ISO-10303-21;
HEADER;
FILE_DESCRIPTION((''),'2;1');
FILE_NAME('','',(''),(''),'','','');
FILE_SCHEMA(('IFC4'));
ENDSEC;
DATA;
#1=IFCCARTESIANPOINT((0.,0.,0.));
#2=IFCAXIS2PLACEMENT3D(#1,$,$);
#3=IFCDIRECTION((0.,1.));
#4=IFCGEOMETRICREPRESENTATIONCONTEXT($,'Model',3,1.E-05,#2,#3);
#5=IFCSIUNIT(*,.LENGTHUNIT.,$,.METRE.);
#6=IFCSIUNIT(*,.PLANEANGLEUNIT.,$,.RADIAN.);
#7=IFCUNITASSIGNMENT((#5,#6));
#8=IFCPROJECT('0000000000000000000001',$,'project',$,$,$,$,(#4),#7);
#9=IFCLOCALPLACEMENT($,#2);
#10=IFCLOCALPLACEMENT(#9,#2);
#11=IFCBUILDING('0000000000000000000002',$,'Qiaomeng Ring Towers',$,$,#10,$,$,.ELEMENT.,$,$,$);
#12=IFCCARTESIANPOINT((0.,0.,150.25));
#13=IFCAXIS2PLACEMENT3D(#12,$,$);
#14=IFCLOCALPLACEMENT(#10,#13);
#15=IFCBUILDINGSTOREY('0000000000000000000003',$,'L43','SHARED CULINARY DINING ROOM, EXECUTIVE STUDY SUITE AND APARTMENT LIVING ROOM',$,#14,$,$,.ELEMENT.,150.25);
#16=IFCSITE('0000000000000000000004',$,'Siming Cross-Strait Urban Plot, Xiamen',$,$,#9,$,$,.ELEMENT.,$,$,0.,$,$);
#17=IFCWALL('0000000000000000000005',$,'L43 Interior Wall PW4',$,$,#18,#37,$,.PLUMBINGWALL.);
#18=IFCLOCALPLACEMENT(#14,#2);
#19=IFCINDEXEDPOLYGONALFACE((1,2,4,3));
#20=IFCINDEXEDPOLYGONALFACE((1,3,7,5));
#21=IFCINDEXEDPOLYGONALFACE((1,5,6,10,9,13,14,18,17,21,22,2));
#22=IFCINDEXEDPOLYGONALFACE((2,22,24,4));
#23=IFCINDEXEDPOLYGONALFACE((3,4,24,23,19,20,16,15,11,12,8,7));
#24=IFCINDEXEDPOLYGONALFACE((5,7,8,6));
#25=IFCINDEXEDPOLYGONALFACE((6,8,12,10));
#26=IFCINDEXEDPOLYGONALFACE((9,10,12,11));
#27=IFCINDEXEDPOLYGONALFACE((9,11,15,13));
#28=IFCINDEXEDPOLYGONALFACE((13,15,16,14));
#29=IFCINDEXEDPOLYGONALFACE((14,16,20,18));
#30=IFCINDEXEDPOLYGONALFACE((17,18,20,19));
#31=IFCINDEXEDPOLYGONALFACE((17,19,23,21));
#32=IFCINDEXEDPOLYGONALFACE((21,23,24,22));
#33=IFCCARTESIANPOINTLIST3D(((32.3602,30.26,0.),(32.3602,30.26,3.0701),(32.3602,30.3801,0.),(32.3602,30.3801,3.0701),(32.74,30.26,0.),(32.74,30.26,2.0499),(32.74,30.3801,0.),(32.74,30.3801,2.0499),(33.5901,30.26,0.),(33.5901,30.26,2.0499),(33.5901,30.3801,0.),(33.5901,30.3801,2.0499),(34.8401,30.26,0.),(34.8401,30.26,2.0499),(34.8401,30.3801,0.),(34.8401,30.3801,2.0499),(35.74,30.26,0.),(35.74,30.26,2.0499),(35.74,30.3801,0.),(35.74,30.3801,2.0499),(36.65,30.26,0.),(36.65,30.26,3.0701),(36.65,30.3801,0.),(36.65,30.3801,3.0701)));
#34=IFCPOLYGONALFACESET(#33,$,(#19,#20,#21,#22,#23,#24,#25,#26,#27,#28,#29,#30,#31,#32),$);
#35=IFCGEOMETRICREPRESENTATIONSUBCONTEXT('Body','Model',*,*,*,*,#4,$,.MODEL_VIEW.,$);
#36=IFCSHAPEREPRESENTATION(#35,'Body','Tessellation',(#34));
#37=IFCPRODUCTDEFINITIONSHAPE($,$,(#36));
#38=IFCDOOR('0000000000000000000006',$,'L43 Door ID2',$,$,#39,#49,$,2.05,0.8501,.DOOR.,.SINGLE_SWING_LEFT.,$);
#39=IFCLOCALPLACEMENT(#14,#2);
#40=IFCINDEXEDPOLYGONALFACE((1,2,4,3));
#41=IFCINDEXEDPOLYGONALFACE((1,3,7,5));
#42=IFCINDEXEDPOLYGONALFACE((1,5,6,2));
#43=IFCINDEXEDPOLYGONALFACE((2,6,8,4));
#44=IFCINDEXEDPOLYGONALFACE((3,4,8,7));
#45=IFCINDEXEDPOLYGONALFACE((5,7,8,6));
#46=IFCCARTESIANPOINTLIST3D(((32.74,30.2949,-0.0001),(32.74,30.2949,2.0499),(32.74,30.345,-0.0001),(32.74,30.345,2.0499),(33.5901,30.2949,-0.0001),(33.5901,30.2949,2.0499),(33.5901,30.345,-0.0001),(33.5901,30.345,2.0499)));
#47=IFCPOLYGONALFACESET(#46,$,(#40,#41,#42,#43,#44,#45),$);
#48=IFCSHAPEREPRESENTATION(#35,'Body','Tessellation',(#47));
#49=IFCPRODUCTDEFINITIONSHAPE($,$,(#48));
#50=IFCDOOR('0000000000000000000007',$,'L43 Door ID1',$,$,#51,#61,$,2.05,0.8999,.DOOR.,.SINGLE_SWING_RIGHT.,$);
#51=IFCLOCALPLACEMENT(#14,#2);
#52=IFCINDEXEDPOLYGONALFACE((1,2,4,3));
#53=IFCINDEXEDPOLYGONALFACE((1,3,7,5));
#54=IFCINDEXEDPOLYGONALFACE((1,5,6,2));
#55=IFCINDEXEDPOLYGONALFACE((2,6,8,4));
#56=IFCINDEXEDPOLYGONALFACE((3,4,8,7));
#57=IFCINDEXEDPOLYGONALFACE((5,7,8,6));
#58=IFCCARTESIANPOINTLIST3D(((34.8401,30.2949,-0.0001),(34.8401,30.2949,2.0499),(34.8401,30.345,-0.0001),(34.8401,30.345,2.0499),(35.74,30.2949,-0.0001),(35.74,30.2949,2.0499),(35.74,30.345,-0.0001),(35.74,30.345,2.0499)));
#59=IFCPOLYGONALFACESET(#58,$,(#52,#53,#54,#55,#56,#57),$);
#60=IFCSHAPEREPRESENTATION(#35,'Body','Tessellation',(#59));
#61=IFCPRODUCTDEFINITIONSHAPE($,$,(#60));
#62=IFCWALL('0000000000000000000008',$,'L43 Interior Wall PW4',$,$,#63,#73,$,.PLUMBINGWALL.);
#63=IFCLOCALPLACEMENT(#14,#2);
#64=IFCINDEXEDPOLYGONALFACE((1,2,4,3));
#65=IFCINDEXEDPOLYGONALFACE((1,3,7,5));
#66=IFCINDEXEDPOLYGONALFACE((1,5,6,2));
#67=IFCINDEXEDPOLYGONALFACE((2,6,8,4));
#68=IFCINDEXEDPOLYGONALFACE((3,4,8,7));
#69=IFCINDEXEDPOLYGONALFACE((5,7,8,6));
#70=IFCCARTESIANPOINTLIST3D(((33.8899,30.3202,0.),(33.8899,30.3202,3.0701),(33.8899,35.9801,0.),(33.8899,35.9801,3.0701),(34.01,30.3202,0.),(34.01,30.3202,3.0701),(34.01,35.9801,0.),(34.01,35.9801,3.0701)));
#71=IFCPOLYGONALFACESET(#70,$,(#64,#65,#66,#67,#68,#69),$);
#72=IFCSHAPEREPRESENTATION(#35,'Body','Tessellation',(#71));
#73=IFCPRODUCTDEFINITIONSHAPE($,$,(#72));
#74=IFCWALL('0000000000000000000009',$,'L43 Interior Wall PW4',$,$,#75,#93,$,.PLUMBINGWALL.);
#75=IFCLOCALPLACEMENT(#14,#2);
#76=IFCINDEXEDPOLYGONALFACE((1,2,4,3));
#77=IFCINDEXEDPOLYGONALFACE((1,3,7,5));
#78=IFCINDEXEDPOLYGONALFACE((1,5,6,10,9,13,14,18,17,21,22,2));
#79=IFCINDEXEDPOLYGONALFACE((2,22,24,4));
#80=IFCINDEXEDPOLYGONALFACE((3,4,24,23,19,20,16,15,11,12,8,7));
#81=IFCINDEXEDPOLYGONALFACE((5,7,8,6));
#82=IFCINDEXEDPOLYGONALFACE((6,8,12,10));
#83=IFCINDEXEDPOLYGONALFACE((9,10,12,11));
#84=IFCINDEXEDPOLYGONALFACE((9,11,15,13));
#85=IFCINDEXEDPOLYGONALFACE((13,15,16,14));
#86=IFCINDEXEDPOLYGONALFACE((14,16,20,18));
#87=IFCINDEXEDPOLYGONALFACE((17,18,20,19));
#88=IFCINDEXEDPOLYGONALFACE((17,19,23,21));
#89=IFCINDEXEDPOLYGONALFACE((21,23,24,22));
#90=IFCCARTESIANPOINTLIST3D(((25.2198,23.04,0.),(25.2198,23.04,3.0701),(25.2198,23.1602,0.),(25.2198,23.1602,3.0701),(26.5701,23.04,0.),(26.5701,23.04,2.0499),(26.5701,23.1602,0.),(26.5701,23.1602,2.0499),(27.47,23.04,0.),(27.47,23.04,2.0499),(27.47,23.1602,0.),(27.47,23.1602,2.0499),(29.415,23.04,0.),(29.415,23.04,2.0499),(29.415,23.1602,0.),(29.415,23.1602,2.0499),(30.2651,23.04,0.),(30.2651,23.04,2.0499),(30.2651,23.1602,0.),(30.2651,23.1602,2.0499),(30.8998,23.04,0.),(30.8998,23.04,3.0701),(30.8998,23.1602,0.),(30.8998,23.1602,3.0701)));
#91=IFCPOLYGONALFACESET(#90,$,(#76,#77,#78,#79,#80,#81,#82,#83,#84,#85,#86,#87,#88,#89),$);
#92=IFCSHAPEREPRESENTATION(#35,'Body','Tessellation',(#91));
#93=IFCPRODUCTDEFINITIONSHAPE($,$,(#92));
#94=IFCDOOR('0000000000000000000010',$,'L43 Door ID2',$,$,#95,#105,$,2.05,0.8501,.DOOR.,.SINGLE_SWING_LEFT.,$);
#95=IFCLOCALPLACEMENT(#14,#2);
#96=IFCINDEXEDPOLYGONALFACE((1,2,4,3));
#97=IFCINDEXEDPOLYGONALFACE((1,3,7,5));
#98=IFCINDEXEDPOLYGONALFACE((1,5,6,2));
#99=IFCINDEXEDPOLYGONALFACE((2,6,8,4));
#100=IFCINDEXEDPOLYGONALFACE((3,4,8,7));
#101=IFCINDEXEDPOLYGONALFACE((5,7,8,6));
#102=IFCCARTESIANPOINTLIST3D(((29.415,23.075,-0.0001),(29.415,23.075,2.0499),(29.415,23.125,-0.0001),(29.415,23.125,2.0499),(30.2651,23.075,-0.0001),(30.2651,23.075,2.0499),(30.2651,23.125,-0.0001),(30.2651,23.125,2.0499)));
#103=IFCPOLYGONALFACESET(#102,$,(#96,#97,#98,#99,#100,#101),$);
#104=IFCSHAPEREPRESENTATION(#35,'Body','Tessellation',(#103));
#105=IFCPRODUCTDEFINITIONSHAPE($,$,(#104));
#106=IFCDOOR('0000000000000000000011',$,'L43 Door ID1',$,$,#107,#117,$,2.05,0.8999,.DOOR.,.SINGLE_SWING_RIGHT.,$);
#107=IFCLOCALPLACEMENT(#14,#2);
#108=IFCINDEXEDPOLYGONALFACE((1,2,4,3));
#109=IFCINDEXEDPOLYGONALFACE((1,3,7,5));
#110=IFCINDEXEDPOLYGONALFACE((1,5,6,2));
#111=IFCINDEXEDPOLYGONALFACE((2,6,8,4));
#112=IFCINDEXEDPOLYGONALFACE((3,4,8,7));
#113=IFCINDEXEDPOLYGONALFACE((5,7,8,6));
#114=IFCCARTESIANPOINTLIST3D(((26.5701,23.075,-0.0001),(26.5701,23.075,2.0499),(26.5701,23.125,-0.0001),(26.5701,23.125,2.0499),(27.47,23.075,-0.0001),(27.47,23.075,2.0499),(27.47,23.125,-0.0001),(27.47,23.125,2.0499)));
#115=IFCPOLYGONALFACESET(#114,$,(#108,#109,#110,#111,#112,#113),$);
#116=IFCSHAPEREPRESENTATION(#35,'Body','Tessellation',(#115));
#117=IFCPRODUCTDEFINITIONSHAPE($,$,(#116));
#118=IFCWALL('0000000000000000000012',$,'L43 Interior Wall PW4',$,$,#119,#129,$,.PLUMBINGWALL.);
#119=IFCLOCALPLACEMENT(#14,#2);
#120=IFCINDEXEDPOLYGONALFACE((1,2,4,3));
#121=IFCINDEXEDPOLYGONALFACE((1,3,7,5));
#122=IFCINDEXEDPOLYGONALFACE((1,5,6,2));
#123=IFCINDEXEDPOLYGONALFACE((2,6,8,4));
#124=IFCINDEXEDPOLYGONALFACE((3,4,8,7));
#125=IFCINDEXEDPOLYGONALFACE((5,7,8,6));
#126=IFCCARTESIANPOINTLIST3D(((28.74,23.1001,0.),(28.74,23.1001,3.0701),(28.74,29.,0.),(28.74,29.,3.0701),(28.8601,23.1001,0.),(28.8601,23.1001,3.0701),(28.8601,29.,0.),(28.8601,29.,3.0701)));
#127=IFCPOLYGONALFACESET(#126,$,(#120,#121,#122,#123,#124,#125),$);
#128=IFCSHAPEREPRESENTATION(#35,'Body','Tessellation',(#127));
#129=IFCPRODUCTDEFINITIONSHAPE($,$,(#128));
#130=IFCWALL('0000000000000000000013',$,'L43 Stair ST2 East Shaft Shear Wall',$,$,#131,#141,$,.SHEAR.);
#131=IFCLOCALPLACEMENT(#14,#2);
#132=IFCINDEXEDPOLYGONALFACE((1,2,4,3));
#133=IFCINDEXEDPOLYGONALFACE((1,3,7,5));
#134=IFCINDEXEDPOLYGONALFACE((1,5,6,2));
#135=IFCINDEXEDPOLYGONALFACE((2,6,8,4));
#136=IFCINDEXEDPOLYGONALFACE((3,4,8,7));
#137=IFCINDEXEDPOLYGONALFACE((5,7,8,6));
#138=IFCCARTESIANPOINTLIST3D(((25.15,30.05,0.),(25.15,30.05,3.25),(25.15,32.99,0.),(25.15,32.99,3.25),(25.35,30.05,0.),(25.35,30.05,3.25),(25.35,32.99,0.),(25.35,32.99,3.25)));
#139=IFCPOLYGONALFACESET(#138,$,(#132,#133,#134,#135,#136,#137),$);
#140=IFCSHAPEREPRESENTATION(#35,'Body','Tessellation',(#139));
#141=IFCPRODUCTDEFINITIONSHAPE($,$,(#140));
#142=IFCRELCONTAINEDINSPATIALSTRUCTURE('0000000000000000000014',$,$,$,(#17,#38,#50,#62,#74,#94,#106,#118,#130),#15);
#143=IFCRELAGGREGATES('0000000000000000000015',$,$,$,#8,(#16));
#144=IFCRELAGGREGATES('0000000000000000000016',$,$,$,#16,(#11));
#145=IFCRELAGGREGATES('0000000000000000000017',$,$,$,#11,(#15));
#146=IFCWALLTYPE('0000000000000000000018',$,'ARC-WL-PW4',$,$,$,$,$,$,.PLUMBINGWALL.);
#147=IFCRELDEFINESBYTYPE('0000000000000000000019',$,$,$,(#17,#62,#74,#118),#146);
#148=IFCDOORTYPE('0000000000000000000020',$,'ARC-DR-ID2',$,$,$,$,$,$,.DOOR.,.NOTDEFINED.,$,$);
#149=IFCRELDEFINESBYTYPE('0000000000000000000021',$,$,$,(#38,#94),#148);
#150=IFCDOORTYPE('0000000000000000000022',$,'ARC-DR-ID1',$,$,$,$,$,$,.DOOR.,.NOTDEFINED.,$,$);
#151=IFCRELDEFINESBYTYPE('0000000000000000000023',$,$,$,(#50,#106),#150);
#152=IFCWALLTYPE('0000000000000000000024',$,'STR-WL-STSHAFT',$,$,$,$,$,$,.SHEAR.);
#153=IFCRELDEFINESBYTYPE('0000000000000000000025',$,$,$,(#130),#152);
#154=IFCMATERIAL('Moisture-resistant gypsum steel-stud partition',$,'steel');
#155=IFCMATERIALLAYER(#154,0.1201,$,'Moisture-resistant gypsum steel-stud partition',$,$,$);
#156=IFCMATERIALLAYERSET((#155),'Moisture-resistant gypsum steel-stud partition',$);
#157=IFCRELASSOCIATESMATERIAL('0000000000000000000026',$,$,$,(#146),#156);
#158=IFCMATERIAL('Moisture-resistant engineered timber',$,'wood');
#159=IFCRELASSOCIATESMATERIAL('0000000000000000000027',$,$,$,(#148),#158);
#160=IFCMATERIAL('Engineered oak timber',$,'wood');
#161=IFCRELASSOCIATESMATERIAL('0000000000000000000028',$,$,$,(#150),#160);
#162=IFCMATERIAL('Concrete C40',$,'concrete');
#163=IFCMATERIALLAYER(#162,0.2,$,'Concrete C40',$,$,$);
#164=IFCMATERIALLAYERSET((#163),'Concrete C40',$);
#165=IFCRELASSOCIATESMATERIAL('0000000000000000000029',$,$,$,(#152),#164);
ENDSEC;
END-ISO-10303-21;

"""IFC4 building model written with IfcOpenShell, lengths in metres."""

from ifc_helpers import new_model, si_unit, direction, frame, frame_2d, origin, place, context, subcontext, project, spatial, rectangle, extrude, source, transform, mapped, material, layer, layer_set, type_object, element, fill, save


model = new_model("IFC4")

# Units and contexts
model_context = context("Model", 3, precision=1e-05, world=origin(), true_north=direction((0.0, 1.0)))
body_context = subcontext(model_context, "Body", "Model", "MODEL_VIEW")
ifc_project = project(units=[si_unit("LENGTHUNIT", "METRE"), si_unit("PLANEANGLEUNIT", "RADIAN")], contexts=[model_context])

# Site, building, storey
site_placement = place(None, origin())
site = spatial("IfcSite", under=ifc_project, at=site_placement, Name="Siming Cross-Strait Urban Plot, Xiamen", CompositionType="ELEMENT", RefElevation=0.0)
building_placement = place(site_placement, origin())
building = spatial("IfcBuilding", under=site, at=building_placement, Name="Qiaomeng Ring Towers", CompositionType="ELEMENT")
storey_placement = place(building_placement, frame((0.0, 0.0, 150.25)))
storey = spatial("IfcBuildingStorey", under=building, at=storey_placement, Name="L43", Description="SHARED CULINARY DINING ROOM, EXECUTIVE STUDY SUITE AND APARTMENT LIVING ROOM", CompositionType="ELEMENT", Elevation=150.25)

# Wall, openings, doors
ifc_material_1 = material(Name="Moisture-resistant gypsum steel-stud partition", Category="steel")
ifc_layer_1 = layer(ifc_material_1, 0.1201, Name="Moisture-resistant gypsum steel-stud partition")
ifc_layer_set_1 = layer_set([ifc_layer_1], Name="Moisture-resistant gypsum steel-stud partition")
wall_type_1 = type_object("IfcWallType", Name="ARC-WL-PW4", PredefinedType="PLUMBINGWALL", material=ifc_layer_set_1)
wall_1_placement = place(storey_placement, frame((32.3601, 30.3201, 0.0), z_axis=(0.0, 0.0, 1.0), x_axis=(1.0, 0.0, 0.0)))
wall_1 = element("IfcWall", 1, at=wall_1_placement, inside=storey, type_object=wall_type_1, Name="L43 Interior Wall PW4", PredefinedType="PLUMBINGWALL", context=body_context, shape_type="SweptSolid", body=[
    extrude(rectangle(XDim=4.2898, YDim=0.1201, at=frame_2d((2.145, 0.0))), origin(), (0.0, 0.0, 1.0), 3.0701),
])
opening_1_placement = place(wall_1_placement, frame((0.3799, 0.0, 0.0)))
opening_1 = element("IfcOpeningElement", 2, at=opening_1_placement, cuts=wall_1, PredefinedType="OPENING", context=body_context, shape_type="SweptSolid", body=[
    extrude(rectangle(XDim=0.8501, YDim=2.05, at=frame_2d((0.425, 1.0249))), frame((0.0, 0.0701, 0.0), z_axis=(0.0, -1.0, 0.0), x_axis=(1.0, 0.0, 0.0)), (0.0, 0.0, 1.0), 0.1401),
])
opening_2_placement = place(wall_1_placement, frame((2.48, 0.0, 0.0)))
opening_2 = element("IfcOpeningElement", 3, at=opening_2_placement, cuts=wall_1, PredefinedType="OPENING", context=body_context, shape_type="SweptSolid", body=[
    extrude(rectangle(XDim=0.8999, YDim=2.05, at=frame_2d((0.45, 1.0249))), frame((0.0, 0.0701, 0.0), z_axis=(0.0, -1.0, 0.0), x_axis=(1.0, 0.0, 0.0)), (0.0, 0.0, 1.0), 0.1401),
])
ifc_material_2 = material(Name="Moisture-resistant engineered timber", Category="wood")
door_type_1 = type_object("IfcDoorType", Name="ARC-DR-ID2", OperationType="NOTDEFINED", PredefinedType="DOOR", material=ifc_material_2)
shared_shape_1 = source(origin(), body_context, "Body", "SweptSolid", [
    extrude(rectangle(XDim=0.8501, YDim=2.05, at=frame_2d((0.425, 1.0249))), frame((0.0, 0.0249, 0.0), z_axis=(0.0, -1.0, 0.0), x_axis=(1.0, 0.0, 0.0)), (0.0, 0.0, 1.0), 0.05),
])
door_1_placement = place(opening_1_placement, origin())
door_1 = element("IfcDoor", 4, at=door_1_placement, inside=storey, type_object=door_type_1, Name="L43 Door ID2", OperationType="SINGLE_SWING_LEFT", OverallHeight=2.05, OverallWidth=0.8501, PredefinedType="DOOR", context=body_context, shape_type="MappedRepresentation", body=[
    mapped(shared_shape_1, transform((0.0, 0.0, 0.0), x_axis=(1.0, 0.0, 0.0), y_axis=(0.0, 1.0, 0.0), z_axis=(0.0, 0.0, 1.0), scale=1.0)),
])
fill(opening_1, door_1)
ifc_material_3 = material(Name="Engineered oak timber", Category="wood")
door_type_2 = type_object("IfcDoorType", Name="ARC-DR-ID1", OperationType="NOTDEFINED", PredefinedType="DOOR", material=ifc_material_3)
shared_shape_2 = source(origin(), body_context, "Body", "SweptSolid", [
    extrude(rectangle(XDim=0.8999, YDim=2.05, at=frame_2d((0.45, 1.0249))), frame((0.0, 0.0249, 0.0), z_axis=(0.0, -1.0, 0.0), x_axis=(1.0, 0.0, 0.0)), (0.0, 0.0, 1.0), 0.05),
])
door_2_placement = place(opening_2_placement, origin())
door_2 = element("IfcDoor", 5, at=door_2_placement, inside=storey, type_object=door_type_2, Name="L43 Door ID1", OperationType="SINGLE_SWING_RIGHT", OverallHeight=2.05, OverallWidth=0.8999, PredefinedType="DOOR", context=body_context, shape_type="MappedRepresentation", body=[
    mapped(shared_shape_2, transform((0.0, 0.0, 0.0), x_axis=(1.0, 0.0, 0.0), y_axis=(0.0, 1.0, 0.0), z_axis=(0.0, 0.0, 1.0), scale=1.0)),
])
fill(opening_2, door_2)

# Wall
wall_2_placement = place(storey_placement, frame((33.95, 30.3201, 0.0), z_axis=(0.0, 0.0, 1.0), x_axis=(0.0, 1.0, 0.0)))
element("IfcWall", 6, at=wall_2_placement, inside=storey, type_object=wall_type_1, Name="L43 Interior Wall PW4", PredefinedType="PLUMBINGWALL", context=body_context, shape_type="SweptSolid", body=[
    extrude(rectangle(XDim=5.6599, YDim=0.1201, at=frame_2d((2.8301, 0.0))), origin(), (0.0, 0.0, 1.0), 3.0701),
])

# Wall, openings, doors
wall_3_placement = place(storey_placement, frame((25.22, 23.1001, 0.0), z_axis=(0.0, 0.0, 1.0), x_axis=(1.0, 0.0, 0.0)))
wall_3 = element("IfcWall", 7, at=wall_3_placement, inside=storey, type_object=wall_type_1, Name="L43 Interior Wall PW4", PredefinedType="PLUMBINGWALL", context=body_context, shape_type="SweptSolid", body=[
    extrude(rectangle(XDim=5.6799, YDim=0.1201, at=frame_2d((2.8398, 0.0))), origin(), (0.0, 0.0, 1.0), 3.0701),
])
opening_3_placement = place(wall_3_placement, frame((1.3501, 0.0, 0.0)))
opening_3 = element("IfcOpeningElement", 8, at=opening_3_placement, cuts=wall_3, PredefinedType="OPENING", context=body_context, shape_type="SweptSolid", body=[
    extrude(rectangle(XDim=0.8999, YDim=2.05, at=frame_2d((0.45, 1.0249))), frame((0.0, 0.0701, 0.0), z_axis=(0.0, -1.0, 0.0), x_axis=(1.0, 0.0, 0.0)), (0.0, 0.0, 1.0), 0.1401),
])
opening_4_placement = place(wall_3_placement, frame((4.1951, 0.0, 0.0)))
opening_4 = element("IfcOpeningElement", 9, at=opening_4_placement, cuts=wall_3, PredefinedType="OPENING", context=body_context, shape_type="SweptSolid", body=[
    extrude(rectangle(XDim=0.8501, YDim=2.05, at=frame_2d((0.425, 1.0249))), frame((0.0, 0.0701, 0.0), z_axis=(0.0, -1.0, 0.0), x_axis=(1.0, 0.0, 0.0)), (0.0, 0.0, 1.0), 0.1401),
])
door_3_placement = place(opening_4_placement, origin())
door_3 = element("IfcDoor", 10, at=door_3_placement, inside=storey, type_object=door_type_1, Name="L43 Door ID2", OperationType="SINGLE_SWING_LEFT", OverallHeight=2.05, OverallWidth=0.8501, PredefinedType="DOOR", context=body_context, shape_type="MappedRepresentation", body=[
    mapped(shared_shape_1, transform((0.0, 0.0, 0.0), x_axis=(1.0, 0.0, 0.0), y_axis=(0.0, 1.0, 0.0), z_axis=(0.0, 0.0, 1.0), scale=1.0)),
])
fill(opening_4, door_3)
door_4_placement = place(opening_3_placement, origin())
door_4 = element("IfcDoor", 11, at=door_4_placement, inside=storey, type_object=door_type_2, Name="L43 Door ID1", OperationType="SINGLE_SWING_RIGHT", OverallHeight=2.05, OverallWidth=0.8999, PredefinedType="DOOR", context=body_context, shape_type="MappedRepresentation", body=[
    mapped(shared_shape_2, transform((0.0, 0.0, 0.0), x_axis=(1.0, 0.0, 0.0), y_axis=(0.0, 1.0, 0.0), z_axis=(0.0, 0.0, 1.0), scale=1.0)),
])
fill(opening_3, door_4)

# Walls
wall_4_placement = place(storey_placement, frame((28.8, 23.1001, 0.0), z_axis=(0.0, 0.0, 1.0), x_axis=(0.0, 1.0, 0.0)))
element("IfcWall", 12, at=wall_4_placement, inside=storey, type_object=wall_type_1, Name="L43 Interior Wall PW4", PredefinedType="PLUMBINGWALL", context=body_context, shape_type="SweptSolid", body=[
    extrude(rectangle(XDim=5.8999, YDim=0.1201, at=frame_2d((2.95, 0.0))), origin(), (0.0, 0.0, 1.0), 3.0701),
])
ifc_material_4 = material(Name="Concrete C40", Category="concrete")
ifc_layer_2 = layer(ifc_material_4, 0.2, Name="Concrete C40")
ifc_layer_set_2 = layer_set([ifc_layer_2], Name="Concrete C40")
wall_type_2 = type_object("IfcWallType", Name="STR-WL-STSHAFT", PredefinedType="SHEAR", material=ifc_layer_set_2)
wall_5_placement = place(storey_placement, frame((25.25, 30.05, 0.0), z_axis=(0.0, 0.0, 1.0), x_axis=(0.0, 1.0, 0.0)))
element("IfcWall", 13, at=wall_5_placement, inside=storey, type_object=wall_type_2, Name="L43 Stair ST2 East Shaft Shear Wall", PredefinedType="SHEAR", context=body_context, shape_type="SweptSolid", body=[
    extrude(rectangle(XDim=2.9399, YDim=0.2, at=frame_2d((1.47, 0.0))), origin(), (0.0, 0.0, 1.0), 3.25),
])

save(model, "model.ifc")
